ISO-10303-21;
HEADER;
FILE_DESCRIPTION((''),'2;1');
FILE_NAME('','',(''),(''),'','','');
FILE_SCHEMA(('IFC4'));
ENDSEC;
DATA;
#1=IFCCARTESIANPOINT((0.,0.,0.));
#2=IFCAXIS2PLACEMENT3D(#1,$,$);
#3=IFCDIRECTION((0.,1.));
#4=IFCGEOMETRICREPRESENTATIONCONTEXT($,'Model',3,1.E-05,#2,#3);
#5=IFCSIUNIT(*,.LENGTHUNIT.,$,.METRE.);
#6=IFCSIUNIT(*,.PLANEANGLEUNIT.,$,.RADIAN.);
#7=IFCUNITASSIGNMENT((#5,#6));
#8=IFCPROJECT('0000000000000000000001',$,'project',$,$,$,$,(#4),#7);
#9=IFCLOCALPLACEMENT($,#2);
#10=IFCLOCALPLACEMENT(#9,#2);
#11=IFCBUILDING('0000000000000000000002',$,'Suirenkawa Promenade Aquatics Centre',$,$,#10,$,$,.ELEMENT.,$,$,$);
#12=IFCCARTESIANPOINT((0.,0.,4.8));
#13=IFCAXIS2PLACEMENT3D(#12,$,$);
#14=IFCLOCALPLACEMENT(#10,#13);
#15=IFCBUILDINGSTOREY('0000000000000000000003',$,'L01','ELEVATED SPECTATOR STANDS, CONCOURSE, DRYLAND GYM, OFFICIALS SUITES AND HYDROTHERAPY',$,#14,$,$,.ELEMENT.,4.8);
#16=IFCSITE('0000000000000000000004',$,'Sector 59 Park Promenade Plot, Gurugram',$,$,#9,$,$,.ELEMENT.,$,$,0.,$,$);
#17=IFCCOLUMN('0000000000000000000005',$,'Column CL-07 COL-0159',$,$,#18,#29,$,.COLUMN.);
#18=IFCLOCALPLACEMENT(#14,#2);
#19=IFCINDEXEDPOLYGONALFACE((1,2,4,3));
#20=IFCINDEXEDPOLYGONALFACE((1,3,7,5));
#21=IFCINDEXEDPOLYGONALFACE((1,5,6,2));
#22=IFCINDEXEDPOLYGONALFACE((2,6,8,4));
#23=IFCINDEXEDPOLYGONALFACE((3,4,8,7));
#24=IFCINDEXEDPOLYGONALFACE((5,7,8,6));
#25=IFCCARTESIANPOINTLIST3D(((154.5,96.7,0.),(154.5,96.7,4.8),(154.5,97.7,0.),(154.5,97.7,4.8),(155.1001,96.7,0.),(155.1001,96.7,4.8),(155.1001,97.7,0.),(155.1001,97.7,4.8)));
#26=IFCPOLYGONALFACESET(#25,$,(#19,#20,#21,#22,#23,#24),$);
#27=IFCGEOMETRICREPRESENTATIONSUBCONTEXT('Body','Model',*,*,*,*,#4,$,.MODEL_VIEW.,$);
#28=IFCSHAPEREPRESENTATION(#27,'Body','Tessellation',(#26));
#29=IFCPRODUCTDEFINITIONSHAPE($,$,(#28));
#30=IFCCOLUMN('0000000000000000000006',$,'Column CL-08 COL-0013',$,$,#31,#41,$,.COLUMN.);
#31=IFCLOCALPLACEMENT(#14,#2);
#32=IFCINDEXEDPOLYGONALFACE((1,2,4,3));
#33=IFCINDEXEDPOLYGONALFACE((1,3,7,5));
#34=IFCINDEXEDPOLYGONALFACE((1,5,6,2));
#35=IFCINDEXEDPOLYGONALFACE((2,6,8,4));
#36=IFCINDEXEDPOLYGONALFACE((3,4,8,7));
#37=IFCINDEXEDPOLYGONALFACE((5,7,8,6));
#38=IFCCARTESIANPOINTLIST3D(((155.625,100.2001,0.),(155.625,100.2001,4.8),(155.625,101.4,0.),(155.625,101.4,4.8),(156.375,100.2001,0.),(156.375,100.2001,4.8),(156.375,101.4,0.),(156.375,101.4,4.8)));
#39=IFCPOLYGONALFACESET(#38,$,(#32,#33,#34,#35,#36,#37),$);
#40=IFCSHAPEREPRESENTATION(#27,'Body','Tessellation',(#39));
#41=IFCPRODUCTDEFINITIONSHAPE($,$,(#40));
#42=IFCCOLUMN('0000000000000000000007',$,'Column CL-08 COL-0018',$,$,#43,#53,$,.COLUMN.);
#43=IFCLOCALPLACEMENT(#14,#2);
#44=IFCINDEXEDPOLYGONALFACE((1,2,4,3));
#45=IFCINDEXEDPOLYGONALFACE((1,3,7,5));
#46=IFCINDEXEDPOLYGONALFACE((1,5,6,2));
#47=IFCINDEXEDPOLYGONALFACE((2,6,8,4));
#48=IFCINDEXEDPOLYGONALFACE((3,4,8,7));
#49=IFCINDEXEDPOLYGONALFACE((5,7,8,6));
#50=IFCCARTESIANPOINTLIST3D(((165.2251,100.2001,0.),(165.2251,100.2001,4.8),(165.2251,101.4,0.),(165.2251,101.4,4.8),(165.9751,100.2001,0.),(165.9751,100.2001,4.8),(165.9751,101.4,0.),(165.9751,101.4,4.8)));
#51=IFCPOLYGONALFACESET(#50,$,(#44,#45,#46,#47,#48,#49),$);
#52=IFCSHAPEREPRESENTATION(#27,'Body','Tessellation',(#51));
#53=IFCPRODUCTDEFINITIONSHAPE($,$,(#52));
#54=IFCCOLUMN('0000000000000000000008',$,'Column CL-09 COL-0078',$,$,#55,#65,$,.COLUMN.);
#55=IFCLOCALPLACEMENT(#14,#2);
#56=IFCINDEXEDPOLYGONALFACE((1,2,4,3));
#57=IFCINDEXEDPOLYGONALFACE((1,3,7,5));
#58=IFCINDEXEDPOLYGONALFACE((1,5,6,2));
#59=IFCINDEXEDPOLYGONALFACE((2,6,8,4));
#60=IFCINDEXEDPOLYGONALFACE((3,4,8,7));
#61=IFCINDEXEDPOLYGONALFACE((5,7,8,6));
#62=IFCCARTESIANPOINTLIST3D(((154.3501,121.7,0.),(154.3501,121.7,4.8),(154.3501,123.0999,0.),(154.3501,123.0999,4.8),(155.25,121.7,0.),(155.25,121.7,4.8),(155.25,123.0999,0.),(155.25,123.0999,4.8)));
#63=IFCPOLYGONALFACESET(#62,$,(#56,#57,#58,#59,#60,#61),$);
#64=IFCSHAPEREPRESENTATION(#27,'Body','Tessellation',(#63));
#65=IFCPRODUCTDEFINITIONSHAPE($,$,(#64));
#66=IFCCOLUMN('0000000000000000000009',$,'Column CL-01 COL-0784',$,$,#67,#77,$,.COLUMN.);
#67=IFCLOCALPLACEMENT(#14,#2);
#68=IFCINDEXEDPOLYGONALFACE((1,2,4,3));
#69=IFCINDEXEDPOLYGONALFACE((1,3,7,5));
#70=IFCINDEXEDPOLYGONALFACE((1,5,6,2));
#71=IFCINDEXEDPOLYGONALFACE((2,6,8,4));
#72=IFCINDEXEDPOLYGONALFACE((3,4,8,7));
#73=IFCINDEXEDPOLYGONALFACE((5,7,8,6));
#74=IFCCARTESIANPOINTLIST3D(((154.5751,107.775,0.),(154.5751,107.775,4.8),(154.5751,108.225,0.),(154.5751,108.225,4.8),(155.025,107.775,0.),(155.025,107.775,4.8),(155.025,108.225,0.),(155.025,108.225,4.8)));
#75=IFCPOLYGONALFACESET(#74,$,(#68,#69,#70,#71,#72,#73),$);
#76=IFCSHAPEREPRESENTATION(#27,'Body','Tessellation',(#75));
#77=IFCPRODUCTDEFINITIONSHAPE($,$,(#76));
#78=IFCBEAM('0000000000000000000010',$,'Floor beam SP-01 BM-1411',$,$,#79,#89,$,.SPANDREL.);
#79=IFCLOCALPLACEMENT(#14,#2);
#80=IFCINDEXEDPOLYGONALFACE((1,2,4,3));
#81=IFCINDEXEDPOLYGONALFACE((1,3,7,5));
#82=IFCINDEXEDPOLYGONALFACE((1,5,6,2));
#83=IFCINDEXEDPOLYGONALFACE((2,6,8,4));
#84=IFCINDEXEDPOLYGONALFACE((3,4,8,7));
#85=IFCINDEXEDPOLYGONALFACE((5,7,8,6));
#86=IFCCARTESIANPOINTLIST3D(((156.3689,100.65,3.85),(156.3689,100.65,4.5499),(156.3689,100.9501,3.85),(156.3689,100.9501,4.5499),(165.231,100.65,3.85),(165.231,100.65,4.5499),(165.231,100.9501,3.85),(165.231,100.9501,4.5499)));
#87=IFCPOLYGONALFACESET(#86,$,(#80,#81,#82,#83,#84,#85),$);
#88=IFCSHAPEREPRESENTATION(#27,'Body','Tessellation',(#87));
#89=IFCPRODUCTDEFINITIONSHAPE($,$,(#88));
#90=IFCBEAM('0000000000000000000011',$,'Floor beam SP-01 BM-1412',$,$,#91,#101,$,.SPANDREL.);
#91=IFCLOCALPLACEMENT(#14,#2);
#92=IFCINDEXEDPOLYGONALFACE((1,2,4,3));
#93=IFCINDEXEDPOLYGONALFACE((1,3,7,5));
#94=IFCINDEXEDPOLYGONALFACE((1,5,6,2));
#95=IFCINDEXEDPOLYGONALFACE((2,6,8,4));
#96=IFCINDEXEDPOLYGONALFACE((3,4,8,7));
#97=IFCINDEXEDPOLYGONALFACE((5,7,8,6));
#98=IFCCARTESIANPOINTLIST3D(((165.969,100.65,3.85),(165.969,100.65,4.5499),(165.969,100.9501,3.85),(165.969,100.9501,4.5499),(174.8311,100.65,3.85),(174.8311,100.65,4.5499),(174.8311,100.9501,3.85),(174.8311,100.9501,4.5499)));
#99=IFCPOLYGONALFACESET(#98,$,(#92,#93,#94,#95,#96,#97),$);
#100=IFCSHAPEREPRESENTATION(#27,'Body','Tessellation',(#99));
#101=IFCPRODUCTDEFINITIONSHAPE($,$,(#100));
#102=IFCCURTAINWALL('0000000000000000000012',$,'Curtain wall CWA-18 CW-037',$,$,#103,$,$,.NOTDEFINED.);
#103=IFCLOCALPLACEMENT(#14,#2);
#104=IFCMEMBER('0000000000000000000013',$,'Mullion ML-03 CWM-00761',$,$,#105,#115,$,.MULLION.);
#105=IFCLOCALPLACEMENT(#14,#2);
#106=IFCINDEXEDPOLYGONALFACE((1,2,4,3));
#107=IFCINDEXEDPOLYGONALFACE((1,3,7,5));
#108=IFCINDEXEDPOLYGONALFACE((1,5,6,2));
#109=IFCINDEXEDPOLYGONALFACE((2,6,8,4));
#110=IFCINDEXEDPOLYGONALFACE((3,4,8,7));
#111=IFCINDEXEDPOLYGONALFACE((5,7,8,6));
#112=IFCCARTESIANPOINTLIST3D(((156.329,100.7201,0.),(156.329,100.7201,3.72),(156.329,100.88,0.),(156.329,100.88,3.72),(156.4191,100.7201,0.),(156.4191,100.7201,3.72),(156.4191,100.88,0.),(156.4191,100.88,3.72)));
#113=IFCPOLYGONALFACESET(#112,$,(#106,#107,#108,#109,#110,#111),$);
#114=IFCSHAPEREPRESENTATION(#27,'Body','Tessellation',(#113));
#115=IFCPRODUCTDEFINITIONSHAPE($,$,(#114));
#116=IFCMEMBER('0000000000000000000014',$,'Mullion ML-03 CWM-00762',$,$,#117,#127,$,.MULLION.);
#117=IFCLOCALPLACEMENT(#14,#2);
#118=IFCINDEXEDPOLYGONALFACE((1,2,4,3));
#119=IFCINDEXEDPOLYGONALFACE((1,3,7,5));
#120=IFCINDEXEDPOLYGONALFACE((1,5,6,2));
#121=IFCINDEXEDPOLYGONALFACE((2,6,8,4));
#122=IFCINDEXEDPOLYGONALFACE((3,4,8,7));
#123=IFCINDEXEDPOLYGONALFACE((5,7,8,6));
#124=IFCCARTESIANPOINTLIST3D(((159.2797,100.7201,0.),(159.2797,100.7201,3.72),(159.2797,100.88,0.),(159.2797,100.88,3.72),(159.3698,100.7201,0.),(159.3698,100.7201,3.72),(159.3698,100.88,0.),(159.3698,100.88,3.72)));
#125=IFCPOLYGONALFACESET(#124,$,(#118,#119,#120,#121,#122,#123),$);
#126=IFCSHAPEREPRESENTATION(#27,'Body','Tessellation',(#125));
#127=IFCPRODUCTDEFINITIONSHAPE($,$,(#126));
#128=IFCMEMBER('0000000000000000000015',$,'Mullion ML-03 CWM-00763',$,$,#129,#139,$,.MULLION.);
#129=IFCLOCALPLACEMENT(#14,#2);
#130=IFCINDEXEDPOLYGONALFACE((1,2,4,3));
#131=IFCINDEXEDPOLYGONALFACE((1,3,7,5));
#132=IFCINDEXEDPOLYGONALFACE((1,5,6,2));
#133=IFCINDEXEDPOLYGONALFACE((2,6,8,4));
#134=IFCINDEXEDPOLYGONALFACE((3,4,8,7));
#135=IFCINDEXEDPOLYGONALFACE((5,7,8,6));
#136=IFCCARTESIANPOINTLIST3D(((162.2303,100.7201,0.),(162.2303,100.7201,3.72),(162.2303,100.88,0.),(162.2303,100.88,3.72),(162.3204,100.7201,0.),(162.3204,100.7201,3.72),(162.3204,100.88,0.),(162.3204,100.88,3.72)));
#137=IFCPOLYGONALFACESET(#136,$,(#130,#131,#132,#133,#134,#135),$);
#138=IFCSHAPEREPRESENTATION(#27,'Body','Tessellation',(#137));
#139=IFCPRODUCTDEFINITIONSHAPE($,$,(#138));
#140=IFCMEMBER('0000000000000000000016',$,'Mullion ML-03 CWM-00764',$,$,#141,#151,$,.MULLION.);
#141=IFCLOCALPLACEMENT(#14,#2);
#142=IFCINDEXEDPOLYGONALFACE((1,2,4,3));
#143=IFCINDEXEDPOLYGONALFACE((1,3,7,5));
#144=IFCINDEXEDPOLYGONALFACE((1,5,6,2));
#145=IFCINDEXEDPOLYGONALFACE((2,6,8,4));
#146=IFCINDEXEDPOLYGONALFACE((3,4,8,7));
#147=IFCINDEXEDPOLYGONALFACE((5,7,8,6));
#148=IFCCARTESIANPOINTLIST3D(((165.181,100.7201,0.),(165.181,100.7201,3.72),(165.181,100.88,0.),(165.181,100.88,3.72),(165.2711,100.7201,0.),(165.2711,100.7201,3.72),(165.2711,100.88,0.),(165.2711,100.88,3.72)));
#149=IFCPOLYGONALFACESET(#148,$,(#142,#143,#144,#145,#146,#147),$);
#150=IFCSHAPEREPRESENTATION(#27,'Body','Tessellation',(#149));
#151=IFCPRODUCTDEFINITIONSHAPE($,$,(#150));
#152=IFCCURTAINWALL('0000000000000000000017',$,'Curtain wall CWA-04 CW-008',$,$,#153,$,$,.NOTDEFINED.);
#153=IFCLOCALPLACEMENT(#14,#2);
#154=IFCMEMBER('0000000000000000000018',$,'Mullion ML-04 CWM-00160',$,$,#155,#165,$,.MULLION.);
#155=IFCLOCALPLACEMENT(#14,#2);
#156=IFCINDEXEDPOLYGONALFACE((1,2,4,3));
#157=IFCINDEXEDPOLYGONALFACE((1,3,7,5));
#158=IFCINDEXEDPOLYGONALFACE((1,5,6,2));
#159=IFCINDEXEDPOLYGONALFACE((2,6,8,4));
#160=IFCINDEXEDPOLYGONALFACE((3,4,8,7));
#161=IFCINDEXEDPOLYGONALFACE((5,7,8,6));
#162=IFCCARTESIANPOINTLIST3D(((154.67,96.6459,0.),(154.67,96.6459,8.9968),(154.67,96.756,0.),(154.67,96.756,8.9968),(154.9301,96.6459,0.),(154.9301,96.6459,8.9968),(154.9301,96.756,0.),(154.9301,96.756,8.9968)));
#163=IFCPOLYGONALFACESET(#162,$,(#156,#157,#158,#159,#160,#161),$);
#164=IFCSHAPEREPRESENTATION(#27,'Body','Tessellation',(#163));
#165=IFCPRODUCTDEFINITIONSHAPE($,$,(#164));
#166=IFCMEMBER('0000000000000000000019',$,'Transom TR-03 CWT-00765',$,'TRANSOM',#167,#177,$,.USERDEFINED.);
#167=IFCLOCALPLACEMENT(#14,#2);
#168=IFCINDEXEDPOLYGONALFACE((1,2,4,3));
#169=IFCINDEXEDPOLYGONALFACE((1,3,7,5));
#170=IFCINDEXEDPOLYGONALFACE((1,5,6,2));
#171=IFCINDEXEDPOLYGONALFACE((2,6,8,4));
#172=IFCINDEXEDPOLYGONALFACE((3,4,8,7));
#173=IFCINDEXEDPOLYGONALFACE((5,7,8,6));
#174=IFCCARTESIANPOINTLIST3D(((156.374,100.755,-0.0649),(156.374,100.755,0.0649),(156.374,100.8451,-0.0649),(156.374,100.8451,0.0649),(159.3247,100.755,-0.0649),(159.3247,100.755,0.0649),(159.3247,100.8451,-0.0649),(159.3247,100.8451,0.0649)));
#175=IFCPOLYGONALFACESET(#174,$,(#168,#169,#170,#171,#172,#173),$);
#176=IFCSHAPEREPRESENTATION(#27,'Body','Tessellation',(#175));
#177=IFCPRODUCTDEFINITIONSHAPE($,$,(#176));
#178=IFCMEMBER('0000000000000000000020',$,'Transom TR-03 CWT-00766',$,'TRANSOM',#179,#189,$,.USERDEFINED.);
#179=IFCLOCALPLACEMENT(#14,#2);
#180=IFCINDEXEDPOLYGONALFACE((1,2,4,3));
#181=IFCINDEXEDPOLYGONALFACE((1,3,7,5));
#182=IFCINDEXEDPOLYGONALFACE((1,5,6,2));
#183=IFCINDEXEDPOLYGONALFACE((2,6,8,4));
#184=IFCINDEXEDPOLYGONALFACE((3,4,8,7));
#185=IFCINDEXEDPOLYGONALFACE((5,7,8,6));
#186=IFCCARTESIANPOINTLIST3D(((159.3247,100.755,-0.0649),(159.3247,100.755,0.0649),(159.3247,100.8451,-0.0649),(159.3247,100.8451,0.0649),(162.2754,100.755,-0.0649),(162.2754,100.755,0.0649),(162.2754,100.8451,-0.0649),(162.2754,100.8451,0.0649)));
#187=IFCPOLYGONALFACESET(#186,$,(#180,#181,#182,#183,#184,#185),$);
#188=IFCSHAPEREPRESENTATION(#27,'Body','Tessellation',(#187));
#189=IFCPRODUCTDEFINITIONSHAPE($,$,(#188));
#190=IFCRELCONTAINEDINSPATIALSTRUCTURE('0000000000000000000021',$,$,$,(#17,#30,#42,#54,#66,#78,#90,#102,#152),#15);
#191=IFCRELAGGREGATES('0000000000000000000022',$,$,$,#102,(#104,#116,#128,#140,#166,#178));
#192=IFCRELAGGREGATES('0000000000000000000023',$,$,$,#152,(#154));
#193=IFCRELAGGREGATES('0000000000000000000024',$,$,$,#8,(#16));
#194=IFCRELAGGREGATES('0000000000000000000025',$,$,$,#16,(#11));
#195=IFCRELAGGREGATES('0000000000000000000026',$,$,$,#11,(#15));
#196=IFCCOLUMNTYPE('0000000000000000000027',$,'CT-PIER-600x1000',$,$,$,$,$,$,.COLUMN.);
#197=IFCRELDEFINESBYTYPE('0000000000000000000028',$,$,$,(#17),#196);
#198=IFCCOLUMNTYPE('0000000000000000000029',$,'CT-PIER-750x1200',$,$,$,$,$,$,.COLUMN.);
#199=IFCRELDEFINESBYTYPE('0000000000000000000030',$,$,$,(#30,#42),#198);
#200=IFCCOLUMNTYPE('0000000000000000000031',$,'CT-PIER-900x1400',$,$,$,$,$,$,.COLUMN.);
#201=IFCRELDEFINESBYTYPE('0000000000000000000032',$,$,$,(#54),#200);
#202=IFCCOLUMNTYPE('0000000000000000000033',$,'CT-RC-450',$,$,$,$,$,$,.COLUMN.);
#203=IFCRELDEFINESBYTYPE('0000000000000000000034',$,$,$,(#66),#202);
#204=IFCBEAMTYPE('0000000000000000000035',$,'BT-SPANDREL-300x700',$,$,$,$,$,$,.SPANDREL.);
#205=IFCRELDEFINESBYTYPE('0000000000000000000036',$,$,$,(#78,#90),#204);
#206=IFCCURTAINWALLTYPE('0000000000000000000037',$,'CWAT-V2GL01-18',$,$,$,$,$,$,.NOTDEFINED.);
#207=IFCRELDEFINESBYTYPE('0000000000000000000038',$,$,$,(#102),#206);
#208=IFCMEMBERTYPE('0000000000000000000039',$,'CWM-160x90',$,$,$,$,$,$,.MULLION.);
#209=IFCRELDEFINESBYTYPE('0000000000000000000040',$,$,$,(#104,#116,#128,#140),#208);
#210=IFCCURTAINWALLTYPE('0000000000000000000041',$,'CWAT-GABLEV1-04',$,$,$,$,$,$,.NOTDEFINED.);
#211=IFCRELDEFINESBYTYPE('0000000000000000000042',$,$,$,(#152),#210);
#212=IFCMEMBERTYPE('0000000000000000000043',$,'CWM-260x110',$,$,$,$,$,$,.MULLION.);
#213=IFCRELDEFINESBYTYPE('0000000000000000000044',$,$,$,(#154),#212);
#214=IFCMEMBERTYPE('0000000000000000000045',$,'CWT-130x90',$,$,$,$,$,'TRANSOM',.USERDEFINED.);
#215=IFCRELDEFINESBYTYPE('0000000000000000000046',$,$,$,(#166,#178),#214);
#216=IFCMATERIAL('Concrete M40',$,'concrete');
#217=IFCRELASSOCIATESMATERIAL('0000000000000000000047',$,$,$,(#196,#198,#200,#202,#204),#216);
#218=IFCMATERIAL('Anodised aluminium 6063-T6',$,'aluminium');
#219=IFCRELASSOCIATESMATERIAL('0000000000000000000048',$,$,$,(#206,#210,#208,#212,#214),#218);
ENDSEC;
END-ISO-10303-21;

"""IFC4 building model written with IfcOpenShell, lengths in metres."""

from ifc_helpers import new_model, si_unit, direction, frame, origin, origin_2d, place, context, subcontext, project, spatial, rectangle, extrude, material, material_profile, profile_set, type_object, element, aggregate, save


model = new_model("IFC4")

# Units and contexts
model_context = context("Model", 3, precision=1e-05, world=origin(), true_north=direction((0.0, 1.0)))
body_context = subcontext(model_context, "Body", "Model", "MODEL_VIEW")
ifc_project = project(units=[si_unit("LENGTHUNIT", "METRE"), si_unit("PLANEANGLEUNIT", "RADIAN")], contexts=[model_context])

# Site, building, storey
site_placement = place(None, origin())
site = spatial("IfcSite", under=ifc_project, at=site_placement, Name="Sector 59 Park Promenade Plot, Gurugram", CompositionType="ELEMENT", RefElevation=0.0)
building_placement = place(site_placement, origin())
building = spatial("IfcBuilding", under=site, at=building_placement, Name="Suirenkawa Promenade Aquatics Centre", CompositionType="ELEMENT")
storey_placement = place(building_placement, frame((0.0, 0.0, 4.8)))
storey = spatial("IfcBuildingStorey", under=building, at=storey_placement, Name="L01", Description="ELEVATED SPECTATOR STANDS, CONCOURSE, DRYLAND GYM, OFFICIALS SUITES AND HYDROTHERAPY", CompositionType="ELEMENT", Elevation=4.8)

# Columns
ifc_material_1 = material(Name="Concrete M40", Category="concrete")
ifc_material_profile_1 = material_profile(ifc_material_1, rectangle(XDim=0.6001, YDim=1.0, at=origin_2d()), Name="RC PIER 600x1000", Category="concrete")
ifc_profile_set_1 = profile_set([ifc_material_profile_1], Name="Concrete M40")
column_type_1 = type_object("IfcColumnType", Name="CT-PIER-600x1000", PredefinedType="COLUMN", material=ifc_profile_set_1)
column_1_placement = place(storey_placement, frame((154.8, 97.2, 0.0), z_axis=(0.0, 0.0, 1.0), x_axis=(1.0, 0.0, 0.0)))
element("IfcColumn", 1, at=column_1_placement, inside=storey, type_object=column_type_1, Name="Column CL-07 COL-0159", PredefinedType="COLUMN", context=body_context, shape_type="SweptSolid", body=[
    extrude(rectangle(XDim=0.6001, YDim=1.0, at=origin_2d()), origin(), (0.0, 0.0, 1.0), 4.8),
])
ifc_material_profile_2 = material_profile(ifc_material_1, rectangle(XDim=0.75, YDim=1.2, at=origin_2d()), Name="RC PIER 750x1200", Category="concrete")
ifc_profile_set_2 = profile_set([ifc_material_profile_2], Name="Concrete M40")
column_type_2 = type_object("IfcColumnType", Name="CT-PIER-750x1200", PredefinedType="COLUMN", material=ifc_profile_set_2)
for number, where, z_axis, x_axis, name in (
    (2, (156.0, 100.8, 0.0), (0.0, 0.0, 1.0), (1.0, 0.0, 0.0), "Column CL-08 COL-0013"),
    (3, (165.6001, 100.8, 0.0), (0.0, 0.0, 1.0), (1.0, 0.0, 0.0), "Column CL-08 COL-0018"),
):
    element("IfcColumn", number, at=place(storey_placement, frame(where, z_axis=z_axis, x_axis=x_axis)), inside=storey, type_object=column_type_2, Name=name, PredefinedType="COLUMN", context=body_context, shape_type="SweptSolid", body=[
        extrude(rectangle(XDim=0.75, YDim=1.2, at=origin_2d()), origin(), (0.0, 0.0, 1.0), 4.8),
    ])
ifc_material_profile_3 = material_profile(ifc_material_1, rectangle(XDim=0.8999, YDim=1.3999, at=origin_2d()), Name="RC PIER 900x1400", Category="concrete")
ifc_profile_set_3 = profile_set([ifc_material_profile_3], Name="Concrete M40")
column_type_3 = type_object("IfcColumnType", Name="CT-PIER-900x1400", PredefinedType="COLUMN", material=ifc_profile_set_3)
column_2_placement = place(storey_placement, frame((154.8, 122.3999, 0.0), z_axis=(0.0, 0.0, 1.0), x_axis=(1.0, 0.0, 0.0)))
element("IfcColumn", 4, at=column_2_placement, inside=storey, type_object=column_type_3, Name="Column CL-09 COL-0078", PredefinedType="COLUMN", context=body_context, shape_type="SweptSolid", body=[
    extrude(rectangle(XDim=0.8999, YDim=1.3999, at=origin_2d()), origin(), (0.0, 0.0, 1.0), 4.8),
])
ifc_material_profile_4 = material_profile(ifc_material_1, rectangle(XDim=0.45, YDim=0.45, at=origin_2d()), Name="RC COL 450x450", Category="concrete")
ifc_profile_set_4 = profile_set([ifc_material_profile_4], Name="Concrete M40")
column_type_4 = type_object("IfcColumnType", Name="CT-RC-450", PredefinedType="COLUMN", material=ifc_profile_set_4)
column_3_placement = place(storey_placement, frame((154.8, 108.0, 0.0), z_axis=(0.0, 0.0, 1.0), x_axis=(1.0, 0.0, 0.0)))
element("IfcColumn", 5, at=column_3_placement, inside=storey, type_object=column_type_4, Name="Column CL-01 COL-0784", PredefinedType="COLUMN", context=body_context, shape_type="SweptSolid", body=[
    extrude(rectangle(XDim=0.45, YDim=0.45, at=origin_2d()), origin(), (0.0, 0.0, 1.0), 4.8),
])

# Beams
ifc_material_profile_5 = material_profile(ifc_material_1, rectangle(XDim=0.3, YDim=0.7, at=origin_2d()), Name="RC SPANDREL 300x700", Category="concrete")
ifc_profile_set_5 = profile_set([ifc_material_profile_5], Name="Concrete M40")
beam_type = type_object("IfcBeamType", Name="BT-SPANDREL-300x700", PredefinedType="SPANDREL", material=ifc_profile_set_5)
for number, where, z_axis, x_axis, name in (
    (6, (156.3689, 100.8, 4.2), (1.0, 0.0, 0.0), (0.0, 1.0, 0.0), "Floor beam SP-01 BM-1411"),
    (7, (165.969, 100.8, 4.2), (1.0, 0.0, 0.0), (0.0, 1.0, 0.0), "Floor beam SP-01 BM-1412"),
):
    element("IfcBeam", number, at=place(storey_placement, frame(where, z_axis=z_axis, x_axis=x_axis)), inside=storey, type_object=beam_type, Name=name, PredefinedType="SPANDREL", context=body_context, shape_type="SweptSolid", body=[
        extrude(rectangle(XDim=0.3, YDim=0.7, at=origin_2d()), origin(), (0.0, 0.0, 1.0), 8.8621),
    ])

# Curtain wall, members
ifc_material_2 = material(Name="Anodised aluminium 6063-T6", Category="aluminium")
curtain_wall_type_1 = type_object("IfcCurtainWallType", Name="CWAT-V2GL01-18", PredefinedType="NOTDEFINED", material=ifc_material_2)
curtain_wall_1_placement = place(storey_placement, origin())
curtain_wall_1 = element("IfcCurtainWall", 8, at=curtain_wall_1_placement, inside=storey, type_object=curtain_wall_type_1, Name="Curtain wall CWA-18 CW-037", PredefinedType="NOTDEFINED")
ifc_material_profile_6 = material_profile(ifc_material_2, rectangle(XDim=0.0901, YDim=0.1599, at=origin_2d()), Name="ALU MULL 90x160", Category="aluminium")
ifc_profile_set_6 = profile_set([ifc_material_profile_6], Name="Anodised aluminium 6063-T6")
member_type_1 = type_object("IfcMemberType", Name="CWM-160x90", PredefinedType="MULLION", material=ifc_profile_set_6)
member_1_placement = place(storey_placement, frame((156.374, 100.8, 0.0), z_axis=(0.0, 0.0, 1.0), x_axis=(1.0, 0.0, 0.0)))
member_1 = element("IfcMember", 9, at=member_1_placement, type_object=member_type_1, Name="Mullion ML-03 CWM-00761", PredefinedType="MULLION", context=body_context, shape_type="SweptSolid", body=[
    extrude(rectangle(XDim=0.0901, YDim=0.1599, at=origin_2d()), origin(), (0.0, 0.0, 1.0), 3.72),
])
member_2_placement = place(storey_placement, frame((159.3247, 100.8, 0.0), z_axis=(0.0, 0.0, 1.0), x_axis=(1.0, 0.0, 0.0)))
member_2 = element("IfcMember", 10, at=member_2_placement, type_object=member_type_1, Name="Mullion ML-03 CWM-00762", PredefinedType="MULLION", context=body_context, shape_type="SweptSolid", body=[
    extrude(rectangle(XDim=0.0901, YDim=0.1599, at=origin_2d()), origin(), (0.0, 0.0, 1.0), 3.72),
])
member_3_placement = place(storey_placement, frame((162.2754, 100.8, 0.0), z_axis=(0.0, 0.0, 1.0), x_axis=(1.0, 0.0, 0.0)))
member_3 = element("IfcMember", 11, at=member_3_placement, type_object=member_type_1, Name="Mullion ML-03 CWM-00763", PredefinedType="MULLION", context=body_context, shape_type="SweptSolid", body=[
    extrude(rectangle(XDim=0.0901, YDim=0.1599, at=origin_2d()), origin(), (0.0, 0.0, 1.0), 3.72),
])
member_4_placement = place(storey_placement, frame((165.2261, 100.8, 0.0), z_axis=(0.0, 0.0, 1.0), x_axis=(1.0, 0.0, 0.0)))
member_4 = element("IfcMember", 12, at=member_4_placement, type_object=member_type_1, Name="Mullion ML-03 CWM-00764", PredefinedType="MULLION", context=body_context, shape_type="SweptSolid", body=[
    extrude(rectangle(XDim=0.0901, YDim=0.1599, at=origin_2d()), origin(), (0.0, 0.0, 1.0), 3.72),
])

# Curtain wall, member
curtain_wall_type_2 = type_object("IfcCurtainWallType", Name="CWAT-GABLEV1-04", PredefinedType="NOTDEFINED", material=ifc_material_2)
curtain_wall_2_placement = place(storey_placement, origin())
curtain_wall_2 = element("IfcCurtainWall", 13, at=curtain_wall_2_placement, inside=storey, type_object=curtain_wall_type_2, Name="Curtain wall CWA-04 CW-008", PredefinedType="NOTDEFINED")
ifc_material_profile_7 = material_profile(ifc_material_2, rectangle(XDim=0.1101, YDim=0.26, at=origin_2d()), Name="ALU MULL 110x260", Category="aluminium")
ifc_profile_set_7 = profile_set([ifc_material_profile_7], Name="Anodised aluminium 6063-T6")
member_type_2 = type_object("IfcMemberType", Name="CWM-260x110", PredefinedType="MULLION", material=ifc_profile_set_7)
member_5_placement = place(storey_placement, frame((154.8, 96.7009, 0.0), z_axis=(0.0, 0.0, 1.0), x_axis=(0.0, -1.0, 0.0)))
member_5 = element("IfcMember", 14, at=member_5_placement, type_object=member_type_2, Name="Mullion ML-04 CWM-00160", PredefinedType="MULLION", context=body_context, shape_type="SweptSolid", body=[
    extrude(rectangle(XDim=0.1101, YDim=0.26, at=origin_2d()), origin(), (0.0, 0.0, 1.0), 8.9968),
])

# Members
ifc_material_profile_8 = material_profile(ifc_material_2, rectangle(XDim=0.0901, YDim=0.1299, at=origin_2d()), Name="ALU TRAN 90x130", Category="aluminium")
ifc_profile_set_8 = profile_set([ifc_material_profile_8], Name="Anodised aluminium 6063-T6")
member_type_3 = type_object("IfcMemberType", Name="CWT-130x90", ElementType="TRANSOM", PredefinedType="USERDEFINED", material=ifc_profile_set_8)
member_6_placement = place(storey_placement, frame((156.374, 100.8, 0.0), z_axis=(1.0, 0.0, 0.0), x_axis=(0.0, 1.0, 0.0)))
member_6 = element("IfcMember", 15, at=member_6_placement, type_object=member_type_3, Name="Transom TR-03 CWT-00765", ObjectType="TRANSOM", PredefinedType="USERDEFINED", context=body_context, shape_type="SweptSolid", body=[
    extrude(rectangle(XDim=0.0901, YDim=0.1299, at=origin_2d()), origin(), (0.0, 0.0, 1.0), 2.9507),
])
member_7_placement = place(storey_placement, frame((159.3247, 100.8, 0.0), z_axis=(1.0, 0.0, 0.0), x_axis=(0.0, 1.0, 0.0)))
member_7 = element("IfcMember", 16, at=member_7_placement, type_object=member_type_3, Name="Transom TR-03 CWT-00766", ObjectType="TRANSOM", PredefinedType="USERDEFINED", context=body_context, shape_type="SweptSolid", body=[
    extrude(rectangle(XDim=0.0901, YDim=0.1299, at=origin_2d()), origin(), (0.0, 0.0, 1.0), 2.9507),
])

aggregate(curtain_wall_1, [member_1, member_2, member_3, member_4, member_6, member_7])
aggregate(curtain_wall_2, [member_5])

save(model, "model.ifc")
